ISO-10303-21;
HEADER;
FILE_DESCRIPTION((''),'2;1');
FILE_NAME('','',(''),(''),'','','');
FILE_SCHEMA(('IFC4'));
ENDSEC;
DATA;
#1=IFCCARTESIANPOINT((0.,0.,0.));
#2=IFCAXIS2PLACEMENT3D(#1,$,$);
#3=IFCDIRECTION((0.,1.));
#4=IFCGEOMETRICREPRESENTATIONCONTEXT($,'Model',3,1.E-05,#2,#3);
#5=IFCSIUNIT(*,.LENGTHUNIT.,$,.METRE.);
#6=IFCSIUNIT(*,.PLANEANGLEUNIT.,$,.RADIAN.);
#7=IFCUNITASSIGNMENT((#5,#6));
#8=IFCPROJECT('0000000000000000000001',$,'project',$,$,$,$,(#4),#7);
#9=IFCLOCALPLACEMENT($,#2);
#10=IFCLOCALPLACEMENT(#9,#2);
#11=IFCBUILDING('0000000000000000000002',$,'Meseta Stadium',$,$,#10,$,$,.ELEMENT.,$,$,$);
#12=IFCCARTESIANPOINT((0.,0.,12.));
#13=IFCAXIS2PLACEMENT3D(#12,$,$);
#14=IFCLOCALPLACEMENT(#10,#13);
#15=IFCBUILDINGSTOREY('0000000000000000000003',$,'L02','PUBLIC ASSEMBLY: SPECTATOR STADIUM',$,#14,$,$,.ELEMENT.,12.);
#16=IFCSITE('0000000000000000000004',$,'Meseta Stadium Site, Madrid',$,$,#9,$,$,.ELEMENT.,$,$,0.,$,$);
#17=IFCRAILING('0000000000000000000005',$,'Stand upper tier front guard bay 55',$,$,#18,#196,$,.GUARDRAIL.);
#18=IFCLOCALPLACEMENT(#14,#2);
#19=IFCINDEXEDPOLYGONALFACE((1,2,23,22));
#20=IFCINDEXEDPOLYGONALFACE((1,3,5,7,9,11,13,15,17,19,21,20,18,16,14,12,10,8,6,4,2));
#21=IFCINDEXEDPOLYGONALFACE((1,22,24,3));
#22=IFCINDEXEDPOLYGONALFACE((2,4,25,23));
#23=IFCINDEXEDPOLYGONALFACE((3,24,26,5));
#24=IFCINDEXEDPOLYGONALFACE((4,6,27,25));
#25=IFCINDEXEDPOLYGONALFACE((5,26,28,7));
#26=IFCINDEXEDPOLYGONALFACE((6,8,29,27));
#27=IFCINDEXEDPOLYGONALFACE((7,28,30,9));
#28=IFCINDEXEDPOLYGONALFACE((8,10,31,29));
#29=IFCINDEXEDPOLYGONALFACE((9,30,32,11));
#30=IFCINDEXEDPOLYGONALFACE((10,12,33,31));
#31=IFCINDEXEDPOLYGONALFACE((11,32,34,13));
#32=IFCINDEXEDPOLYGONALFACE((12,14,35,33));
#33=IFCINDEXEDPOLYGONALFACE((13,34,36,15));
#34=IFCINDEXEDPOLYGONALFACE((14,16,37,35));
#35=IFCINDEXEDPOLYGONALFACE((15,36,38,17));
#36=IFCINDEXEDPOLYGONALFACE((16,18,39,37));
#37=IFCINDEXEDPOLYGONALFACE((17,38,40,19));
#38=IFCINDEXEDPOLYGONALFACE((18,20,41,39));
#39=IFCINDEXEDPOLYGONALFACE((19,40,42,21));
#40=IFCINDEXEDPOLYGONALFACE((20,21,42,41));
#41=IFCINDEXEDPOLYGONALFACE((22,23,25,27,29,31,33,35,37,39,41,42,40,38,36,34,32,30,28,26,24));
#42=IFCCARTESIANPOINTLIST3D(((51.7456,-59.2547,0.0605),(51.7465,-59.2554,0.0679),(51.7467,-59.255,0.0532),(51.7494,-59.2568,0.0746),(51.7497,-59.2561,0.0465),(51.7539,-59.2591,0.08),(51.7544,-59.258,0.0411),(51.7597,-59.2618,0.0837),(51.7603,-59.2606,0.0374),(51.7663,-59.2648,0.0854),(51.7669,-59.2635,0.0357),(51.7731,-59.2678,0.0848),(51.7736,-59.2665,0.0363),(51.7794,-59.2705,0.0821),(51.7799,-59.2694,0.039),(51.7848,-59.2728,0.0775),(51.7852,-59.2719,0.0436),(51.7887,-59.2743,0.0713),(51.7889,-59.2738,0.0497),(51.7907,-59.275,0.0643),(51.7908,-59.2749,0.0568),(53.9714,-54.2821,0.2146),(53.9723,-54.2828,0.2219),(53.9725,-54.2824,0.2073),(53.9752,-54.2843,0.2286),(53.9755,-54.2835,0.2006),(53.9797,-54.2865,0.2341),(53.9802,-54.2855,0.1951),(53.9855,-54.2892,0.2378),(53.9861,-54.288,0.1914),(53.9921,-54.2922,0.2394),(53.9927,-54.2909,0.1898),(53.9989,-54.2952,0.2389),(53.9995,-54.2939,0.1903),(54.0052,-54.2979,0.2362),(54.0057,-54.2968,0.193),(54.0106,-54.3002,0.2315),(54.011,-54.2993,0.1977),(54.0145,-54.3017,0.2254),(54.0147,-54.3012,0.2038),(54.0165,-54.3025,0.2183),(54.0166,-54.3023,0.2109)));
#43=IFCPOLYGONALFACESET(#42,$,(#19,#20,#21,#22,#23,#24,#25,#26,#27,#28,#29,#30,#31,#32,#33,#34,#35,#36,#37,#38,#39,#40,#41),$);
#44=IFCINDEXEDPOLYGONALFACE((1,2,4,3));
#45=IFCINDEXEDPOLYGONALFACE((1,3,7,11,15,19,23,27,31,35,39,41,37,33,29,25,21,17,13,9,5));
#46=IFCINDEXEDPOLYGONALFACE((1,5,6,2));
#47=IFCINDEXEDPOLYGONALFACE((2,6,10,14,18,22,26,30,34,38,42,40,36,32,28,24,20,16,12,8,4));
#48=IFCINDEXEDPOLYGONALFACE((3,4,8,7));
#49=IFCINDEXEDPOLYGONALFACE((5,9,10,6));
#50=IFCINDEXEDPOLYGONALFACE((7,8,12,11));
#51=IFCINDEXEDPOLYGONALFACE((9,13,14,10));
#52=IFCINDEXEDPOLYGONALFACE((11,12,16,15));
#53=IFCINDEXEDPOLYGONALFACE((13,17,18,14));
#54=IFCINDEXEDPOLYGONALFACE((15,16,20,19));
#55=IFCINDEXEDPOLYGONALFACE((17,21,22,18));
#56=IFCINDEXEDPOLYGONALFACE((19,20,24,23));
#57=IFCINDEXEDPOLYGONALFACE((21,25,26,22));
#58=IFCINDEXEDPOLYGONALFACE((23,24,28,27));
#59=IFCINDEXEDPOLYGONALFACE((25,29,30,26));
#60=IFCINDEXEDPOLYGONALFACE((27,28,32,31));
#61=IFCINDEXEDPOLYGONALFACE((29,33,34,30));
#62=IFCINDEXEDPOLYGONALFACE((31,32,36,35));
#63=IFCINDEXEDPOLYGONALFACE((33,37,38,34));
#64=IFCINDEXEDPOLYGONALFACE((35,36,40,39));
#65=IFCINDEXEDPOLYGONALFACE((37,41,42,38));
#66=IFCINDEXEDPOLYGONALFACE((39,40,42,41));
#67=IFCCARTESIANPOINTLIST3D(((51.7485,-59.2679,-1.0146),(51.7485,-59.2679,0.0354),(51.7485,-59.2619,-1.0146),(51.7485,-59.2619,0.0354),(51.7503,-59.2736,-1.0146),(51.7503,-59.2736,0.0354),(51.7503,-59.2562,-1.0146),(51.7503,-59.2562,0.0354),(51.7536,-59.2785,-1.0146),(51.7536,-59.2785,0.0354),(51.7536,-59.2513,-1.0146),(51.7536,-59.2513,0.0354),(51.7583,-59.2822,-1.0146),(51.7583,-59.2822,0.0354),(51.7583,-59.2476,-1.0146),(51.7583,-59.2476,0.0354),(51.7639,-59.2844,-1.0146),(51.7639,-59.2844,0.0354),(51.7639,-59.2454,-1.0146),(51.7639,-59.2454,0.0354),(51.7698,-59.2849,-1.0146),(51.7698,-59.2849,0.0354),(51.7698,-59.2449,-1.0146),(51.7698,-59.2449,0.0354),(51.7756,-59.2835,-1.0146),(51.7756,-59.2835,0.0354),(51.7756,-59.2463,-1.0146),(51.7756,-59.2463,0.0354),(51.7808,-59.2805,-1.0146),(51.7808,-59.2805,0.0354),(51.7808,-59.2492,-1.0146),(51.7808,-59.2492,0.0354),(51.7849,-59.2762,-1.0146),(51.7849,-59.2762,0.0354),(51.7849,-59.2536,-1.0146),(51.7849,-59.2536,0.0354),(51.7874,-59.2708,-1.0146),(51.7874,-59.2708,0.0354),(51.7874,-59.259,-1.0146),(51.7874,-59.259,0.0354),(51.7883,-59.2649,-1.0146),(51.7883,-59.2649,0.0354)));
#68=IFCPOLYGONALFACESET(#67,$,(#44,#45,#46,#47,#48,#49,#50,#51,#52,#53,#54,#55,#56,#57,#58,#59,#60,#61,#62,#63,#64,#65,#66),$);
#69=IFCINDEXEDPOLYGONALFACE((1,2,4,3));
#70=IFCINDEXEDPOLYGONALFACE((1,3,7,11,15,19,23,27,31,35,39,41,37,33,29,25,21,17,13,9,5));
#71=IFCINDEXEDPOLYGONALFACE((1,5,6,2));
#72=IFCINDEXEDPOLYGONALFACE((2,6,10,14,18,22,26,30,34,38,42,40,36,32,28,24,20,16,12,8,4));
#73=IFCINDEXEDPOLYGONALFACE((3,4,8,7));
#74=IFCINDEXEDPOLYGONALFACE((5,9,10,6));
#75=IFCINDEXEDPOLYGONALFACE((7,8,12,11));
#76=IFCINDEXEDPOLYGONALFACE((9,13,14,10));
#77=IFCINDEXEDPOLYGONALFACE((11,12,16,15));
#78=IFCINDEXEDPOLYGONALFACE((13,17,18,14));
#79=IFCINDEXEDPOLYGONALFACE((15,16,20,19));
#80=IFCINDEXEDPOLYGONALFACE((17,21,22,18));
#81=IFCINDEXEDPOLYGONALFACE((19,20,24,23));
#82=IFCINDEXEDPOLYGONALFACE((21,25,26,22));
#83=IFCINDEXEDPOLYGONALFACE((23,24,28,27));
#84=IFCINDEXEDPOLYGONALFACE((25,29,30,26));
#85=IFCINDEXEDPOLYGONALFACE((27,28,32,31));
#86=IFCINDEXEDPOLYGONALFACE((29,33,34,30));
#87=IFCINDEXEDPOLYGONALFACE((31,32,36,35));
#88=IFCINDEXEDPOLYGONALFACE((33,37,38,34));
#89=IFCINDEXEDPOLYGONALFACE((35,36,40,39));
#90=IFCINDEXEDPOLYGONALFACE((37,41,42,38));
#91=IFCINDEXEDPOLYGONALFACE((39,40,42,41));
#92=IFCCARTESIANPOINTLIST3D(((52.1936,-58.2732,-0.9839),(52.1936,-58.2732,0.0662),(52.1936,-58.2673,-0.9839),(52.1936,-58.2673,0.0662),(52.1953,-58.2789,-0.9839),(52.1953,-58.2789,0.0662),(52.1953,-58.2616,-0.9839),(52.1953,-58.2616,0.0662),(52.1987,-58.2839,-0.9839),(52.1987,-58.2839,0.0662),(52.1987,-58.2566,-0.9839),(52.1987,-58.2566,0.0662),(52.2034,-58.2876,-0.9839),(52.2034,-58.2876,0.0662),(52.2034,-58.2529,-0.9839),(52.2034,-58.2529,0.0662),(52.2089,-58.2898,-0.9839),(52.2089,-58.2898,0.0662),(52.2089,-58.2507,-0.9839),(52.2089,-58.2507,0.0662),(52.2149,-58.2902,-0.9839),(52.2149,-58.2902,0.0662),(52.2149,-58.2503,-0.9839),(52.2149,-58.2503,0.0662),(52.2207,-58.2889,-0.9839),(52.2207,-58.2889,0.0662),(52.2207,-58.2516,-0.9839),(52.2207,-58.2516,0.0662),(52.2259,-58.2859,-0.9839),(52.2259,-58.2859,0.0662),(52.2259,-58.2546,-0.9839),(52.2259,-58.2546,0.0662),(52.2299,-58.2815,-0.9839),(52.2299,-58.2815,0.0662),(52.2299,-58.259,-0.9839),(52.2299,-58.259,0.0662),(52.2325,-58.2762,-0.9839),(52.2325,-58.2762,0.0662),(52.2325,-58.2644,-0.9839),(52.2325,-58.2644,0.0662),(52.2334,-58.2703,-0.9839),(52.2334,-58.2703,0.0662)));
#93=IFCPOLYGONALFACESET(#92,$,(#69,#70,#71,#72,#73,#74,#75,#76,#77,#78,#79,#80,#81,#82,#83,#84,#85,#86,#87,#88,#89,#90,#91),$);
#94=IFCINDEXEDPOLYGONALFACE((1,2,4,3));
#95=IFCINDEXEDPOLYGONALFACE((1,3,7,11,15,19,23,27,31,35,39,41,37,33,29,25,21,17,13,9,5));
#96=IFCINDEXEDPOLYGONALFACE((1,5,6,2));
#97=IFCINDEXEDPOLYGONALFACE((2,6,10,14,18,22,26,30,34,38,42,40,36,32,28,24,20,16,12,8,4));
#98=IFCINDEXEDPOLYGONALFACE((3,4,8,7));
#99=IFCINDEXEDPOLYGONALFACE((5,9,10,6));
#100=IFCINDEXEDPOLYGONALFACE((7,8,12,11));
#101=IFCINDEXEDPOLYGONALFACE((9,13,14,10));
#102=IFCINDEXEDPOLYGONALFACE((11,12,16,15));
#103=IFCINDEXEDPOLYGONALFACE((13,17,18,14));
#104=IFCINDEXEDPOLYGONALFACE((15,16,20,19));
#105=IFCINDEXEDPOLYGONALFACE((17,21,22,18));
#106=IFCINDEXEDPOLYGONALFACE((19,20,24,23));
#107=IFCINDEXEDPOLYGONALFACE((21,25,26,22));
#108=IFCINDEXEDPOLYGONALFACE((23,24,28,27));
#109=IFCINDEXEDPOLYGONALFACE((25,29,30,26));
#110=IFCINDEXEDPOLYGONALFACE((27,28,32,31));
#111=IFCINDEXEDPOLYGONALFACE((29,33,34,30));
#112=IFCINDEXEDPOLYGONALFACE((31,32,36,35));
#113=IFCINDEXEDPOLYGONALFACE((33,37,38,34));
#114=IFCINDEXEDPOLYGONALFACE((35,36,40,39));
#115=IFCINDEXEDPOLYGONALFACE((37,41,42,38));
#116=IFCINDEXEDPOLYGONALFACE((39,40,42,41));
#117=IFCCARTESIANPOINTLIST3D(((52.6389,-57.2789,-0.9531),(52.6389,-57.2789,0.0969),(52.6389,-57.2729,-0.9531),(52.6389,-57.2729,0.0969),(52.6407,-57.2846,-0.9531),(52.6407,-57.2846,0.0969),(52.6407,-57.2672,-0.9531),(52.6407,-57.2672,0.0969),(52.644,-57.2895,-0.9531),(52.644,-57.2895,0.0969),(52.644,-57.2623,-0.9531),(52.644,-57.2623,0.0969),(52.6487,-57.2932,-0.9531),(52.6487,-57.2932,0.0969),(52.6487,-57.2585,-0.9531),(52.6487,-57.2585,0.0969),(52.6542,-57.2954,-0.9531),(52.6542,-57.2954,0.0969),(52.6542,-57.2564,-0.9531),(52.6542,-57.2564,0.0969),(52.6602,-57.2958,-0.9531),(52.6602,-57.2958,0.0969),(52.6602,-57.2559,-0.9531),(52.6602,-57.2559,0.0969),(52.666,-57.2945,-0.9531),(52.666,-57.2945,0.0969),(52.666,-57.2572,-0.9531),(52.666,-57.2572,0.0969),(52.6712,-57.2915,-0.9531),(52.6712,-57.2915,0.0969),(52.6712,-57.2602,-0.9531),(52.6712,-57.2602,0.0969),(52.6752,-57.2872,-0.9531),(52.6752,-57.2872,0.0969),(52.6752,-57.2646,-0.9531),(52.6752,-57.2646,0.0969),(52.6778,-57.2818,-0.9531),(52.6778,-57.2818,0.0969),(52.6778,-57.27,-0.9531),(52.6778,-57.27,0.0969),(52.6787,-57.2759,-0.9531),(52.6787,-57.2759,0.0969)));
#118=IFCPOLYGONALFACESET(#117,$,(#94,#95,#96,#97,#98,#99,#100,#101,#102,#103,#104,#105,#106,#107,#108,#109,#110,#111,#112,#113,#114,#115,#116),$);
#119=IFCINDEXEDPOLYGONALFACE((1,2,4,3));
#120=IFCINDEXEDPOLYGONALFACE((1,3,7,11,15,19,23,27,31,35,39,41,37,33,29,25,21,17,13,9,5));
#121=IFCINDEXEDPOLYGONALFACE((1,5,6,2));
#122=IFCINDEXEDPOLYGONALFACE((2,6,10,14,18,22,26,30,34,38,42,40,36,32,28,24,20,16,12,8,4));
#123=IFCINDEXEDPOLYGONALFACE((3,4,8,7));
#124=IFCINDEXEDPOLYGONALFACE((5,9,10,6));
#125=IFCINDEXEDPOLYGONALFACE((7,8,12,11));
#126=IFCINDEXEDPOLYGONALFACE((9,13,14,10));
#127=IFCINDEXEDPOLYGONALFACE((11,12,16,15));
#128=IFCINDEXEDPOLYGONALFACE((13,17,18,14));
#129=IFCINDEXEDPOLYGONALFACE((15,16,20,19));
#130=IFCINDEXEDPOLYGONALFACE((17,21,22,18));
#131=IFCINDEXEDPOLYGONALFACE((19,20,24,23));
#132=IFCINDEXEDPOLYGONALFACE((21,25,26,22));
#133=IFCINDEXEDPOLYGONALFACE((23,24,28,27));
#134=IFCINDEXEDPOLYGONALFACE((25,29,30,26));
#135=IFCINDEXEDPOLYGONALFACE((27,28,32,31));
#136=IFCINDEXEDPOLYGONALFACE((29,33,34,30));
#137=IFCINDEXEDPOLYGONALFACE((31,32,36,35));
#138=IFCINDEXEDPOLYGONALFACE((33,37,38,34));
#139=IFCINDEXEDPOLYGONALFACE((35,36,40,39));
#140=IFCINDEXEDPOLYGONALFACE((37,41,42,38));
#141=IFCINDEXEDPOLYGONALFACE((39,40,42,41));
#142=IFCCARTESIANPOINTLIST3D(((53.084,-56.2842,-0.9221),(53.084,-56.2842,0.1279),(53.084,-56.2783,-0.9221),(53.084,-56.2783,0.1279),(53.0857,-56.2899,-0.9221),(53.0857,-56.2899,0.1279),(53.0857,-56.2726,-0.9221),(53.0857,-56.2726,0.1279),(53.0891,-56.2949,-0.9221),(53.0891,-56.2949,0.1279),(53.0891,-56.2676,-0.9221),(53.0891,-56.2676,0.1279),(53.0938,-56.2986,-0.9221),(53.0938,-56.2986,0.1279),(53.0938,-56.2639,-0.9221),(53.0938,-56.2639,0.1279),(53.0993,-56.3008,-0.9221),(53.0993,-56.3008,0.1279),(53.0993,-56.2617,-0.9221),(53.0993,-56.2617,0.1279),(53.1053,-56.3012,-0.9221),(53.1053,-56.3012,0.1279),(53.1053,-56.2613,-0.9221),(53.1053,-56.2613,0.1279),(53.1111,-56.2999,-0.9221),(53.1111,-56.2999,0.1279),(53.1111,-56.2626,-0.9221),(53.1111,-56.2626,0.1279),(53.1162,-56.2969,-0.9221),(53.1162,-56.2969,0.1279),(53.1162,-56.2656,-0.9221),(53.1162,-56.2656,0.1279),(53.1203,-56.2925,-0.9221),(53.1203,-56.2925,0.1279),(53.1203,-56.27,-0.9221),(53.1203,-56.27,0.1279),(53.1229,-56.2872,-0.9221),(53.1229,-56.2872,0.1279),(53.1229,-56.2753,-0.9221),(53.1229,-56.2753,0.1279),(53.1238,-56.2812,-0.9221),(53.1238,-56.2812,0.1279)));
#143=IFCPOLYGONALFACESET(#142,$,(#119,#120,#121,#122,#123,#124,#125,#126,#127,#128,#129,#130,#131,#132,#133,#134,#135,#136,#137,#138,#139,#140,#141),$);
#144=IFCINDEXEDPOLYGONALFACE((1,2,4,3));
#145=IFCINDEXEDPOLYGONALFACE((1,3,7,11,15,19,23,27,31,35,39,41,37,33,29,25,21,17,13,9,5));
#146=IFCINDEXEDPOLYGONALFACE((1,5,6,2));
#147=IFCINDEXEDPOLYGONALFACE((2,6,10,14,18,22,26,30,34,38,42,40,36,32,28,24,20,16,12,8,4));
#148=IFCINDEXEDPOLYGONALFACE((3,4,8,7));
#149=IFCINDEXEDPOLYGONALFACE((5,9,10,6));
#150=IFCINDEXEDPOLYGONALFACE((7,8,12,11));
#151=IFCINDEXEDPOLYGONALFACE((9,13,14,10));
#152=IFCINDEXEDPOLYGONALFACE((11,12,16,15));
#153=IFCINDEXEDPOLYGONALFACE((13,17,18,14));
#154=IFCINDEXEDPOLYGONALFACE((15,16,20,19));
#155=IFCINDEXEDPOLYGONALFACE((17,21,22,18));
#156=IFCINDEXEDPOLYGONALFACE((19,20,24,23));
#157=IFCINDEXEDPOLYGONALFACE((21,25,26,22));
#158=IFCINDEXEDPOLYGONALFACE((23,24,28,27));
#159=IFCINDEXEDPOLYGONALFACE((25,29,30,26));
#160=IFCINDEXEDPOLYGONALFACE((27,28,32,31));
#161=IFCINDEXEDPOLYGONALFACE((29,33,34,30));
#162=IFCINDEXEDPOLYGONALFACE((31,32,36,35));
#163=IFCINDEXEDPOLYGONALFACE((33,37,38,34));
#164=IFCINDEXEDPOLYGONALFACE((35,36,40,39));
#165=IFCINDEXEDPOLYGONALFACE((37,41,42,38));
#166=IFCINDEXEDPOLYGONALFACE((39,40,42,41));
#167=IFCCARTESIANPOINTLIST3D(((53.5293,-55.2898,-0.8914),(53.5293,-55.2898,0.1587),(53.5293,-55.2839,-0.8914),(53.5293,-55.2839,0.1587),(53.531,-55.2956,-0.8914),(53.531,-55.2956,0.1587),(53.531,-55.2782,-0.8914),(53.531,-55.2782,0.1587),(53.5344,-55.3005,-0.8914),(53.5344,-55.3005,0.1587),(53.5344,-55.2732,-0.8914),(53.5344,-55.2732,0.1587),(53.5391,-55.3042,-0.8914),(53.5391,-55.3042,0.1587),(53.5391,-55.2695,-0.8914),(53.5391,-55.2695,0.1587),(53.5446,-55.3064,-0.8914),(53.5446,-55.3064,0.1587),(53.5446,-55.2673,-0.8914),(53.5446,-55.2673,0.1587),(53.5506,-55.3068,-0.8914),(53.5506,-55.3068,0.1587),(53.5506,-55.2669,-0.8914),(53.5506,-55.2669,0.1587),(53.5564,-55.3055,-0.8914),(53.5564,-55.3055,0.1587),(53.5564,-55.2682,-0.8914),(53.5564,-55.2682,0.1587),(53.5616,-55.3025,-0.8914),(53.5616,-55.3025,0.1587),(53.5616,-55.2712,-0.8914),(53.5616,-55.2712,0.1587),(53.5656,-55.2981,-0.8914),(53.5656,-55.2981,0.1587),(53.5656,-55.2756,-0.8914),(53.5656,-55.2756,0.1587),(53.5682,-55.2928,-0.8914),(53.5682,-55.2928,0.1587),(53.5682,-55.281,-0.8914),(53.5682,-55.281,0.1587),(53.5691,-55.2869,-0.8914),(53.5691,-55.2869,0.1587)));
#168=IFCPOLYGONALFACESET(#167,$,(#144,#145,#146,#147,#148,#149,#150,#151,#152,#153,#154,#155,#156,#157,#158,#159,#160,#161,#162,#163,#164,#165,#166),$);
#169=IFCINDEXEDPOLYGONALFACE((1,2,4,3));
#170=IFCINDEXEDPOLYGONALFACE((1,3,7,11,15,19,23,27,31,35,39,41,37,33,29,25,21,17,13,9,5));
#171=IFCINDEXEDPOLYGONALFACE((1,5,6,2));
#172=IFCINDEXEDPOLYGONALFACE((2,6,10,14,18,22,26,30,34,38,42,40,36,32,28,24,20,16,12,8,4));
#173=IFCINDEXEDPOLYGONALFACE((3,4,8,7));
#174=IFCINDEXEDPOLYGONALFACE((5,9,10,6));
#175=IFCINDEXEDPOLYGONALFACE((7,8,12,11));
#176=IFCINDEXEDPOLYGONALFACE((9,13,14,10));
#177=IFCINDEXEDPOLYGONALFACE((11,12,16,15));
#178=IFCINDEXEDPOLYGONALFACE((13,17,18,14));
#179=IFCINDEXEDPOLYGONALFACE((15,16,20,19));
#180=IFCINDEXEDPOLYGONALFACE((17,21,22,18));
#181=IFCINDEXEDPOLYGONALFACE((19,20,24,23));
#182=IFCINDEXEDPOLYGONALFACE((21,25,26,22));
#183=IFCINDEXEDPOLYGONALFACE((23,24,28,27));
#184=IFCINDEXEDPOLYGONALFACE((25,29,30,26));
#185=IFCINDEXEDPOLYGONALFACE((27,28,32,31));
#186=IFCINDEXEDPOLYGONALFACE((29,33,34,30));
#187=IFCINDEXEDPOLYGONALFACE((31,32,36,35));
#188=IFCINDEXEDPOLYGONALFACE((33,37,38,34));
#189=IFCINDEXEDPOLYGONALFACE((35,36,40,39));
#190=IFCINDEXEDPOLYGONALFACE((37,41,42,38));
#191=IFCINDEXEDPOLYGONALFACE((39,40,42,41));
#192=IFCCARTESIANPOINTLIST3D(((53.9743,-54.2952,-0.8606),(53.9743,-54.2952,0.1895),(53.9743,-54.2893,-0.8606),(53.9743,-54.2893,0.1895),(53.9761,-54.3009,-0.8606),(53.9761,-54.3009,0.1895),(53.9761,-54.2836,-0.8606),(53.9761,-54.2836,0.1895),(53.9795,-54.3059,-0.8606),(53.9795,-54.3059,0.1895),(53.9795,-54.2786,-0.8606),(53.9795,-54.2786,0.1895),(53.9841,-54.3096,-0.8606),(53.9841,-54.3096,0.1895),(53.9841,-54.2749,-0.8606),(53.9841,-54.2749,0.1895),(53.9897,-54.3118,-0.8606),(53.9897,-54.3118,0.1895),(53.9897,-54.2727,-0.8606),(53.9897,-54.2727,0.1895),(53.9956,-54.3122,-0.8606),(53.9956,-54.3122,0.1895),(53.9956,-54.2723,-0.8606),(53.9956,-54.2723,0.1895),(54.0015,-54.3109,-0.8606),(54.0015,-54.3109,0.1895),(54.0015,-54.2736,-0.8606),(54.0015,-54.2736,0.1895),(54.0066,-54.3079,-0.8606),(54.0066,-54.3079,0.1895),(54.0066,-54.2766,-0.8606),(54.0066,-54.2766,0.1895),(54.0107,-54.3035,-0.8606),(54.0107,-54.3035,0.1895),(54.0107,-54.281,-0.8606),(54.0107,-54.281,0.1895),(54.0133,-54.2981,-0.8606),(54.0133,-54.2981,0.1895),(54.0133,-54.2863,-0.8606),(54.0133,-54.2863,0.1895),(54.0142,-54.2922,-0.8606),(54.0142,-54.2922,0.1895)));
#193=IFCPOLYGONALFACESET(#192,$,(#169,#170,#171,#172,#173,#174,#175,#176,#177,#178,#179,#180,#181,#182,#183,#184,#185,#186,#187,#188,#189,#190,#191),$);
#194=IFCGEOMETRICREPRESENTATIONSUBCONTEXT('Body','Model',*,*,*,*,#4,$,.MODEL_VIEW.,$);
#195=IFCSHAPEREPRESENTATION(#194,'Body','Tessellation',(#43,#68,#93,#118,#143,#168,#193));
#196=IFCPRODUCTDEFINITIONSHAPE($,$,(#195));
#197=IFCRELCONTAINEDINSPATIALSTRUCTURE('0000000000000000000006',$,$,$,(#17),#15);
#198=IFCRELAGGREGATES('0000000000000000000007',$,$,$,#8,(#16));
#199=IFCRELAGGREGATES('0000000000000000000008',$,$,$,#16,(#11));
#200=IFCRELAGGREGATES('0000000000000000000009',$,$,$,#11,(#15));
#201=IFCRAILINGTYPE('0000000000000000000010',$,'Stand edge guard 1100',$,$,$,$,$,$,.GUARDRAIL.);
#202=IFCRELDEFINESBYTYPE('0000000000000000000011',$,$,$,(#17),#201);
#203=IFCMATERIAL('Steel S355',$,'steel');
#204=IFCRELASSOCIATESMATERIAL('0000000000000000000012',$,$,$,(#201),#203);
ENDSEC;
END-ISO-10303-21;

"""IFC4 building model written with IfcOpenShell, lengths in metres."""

from ifc_helpers import new_model, si_unit, direction, frame, origin, origin_2d, place, context, subcontext, project, spatial, circle, extrude, material, type_object, element, save


model = new_model("IFC4")

# Units and contexts
model_context = context("Model", 3, precision=1e-05, world=origin(), true_north=direction((0.0, 1.0)))
body_context = subcontext(model_context, "Body", "Model", "MODEL_VIEW")
ifc_project = project(units=[si_unit("LENGTHUNIT", "METRE"), si_unit("PLANEANGLEUNIT", "RADIAN")], contexts=[model_context])

# Site, building, storey
site_placement = place(None, origin())
site = spatial("IfcSite", under=ifc_project, at=site_placement, Name="Meseta Stadium Site, Madrid", CompositionType="ELEMENT", RefElevation=0.0)
building_placement = place(site_placement, origin())
building = spatial("IfcBuilding", under=site, at=building_placement, Name="Meseta Stadium", CompositionType="ELEMENT")
storey_placement = place(building_placement, frame((0.0, 0.0, 12.0)))
storey = spatial("IfcBuildingStorey", under=building, at=storey_placement, Name="L02", Description="PUBLIC ASSEMBLY: SPECTATOR STADIUM", CompositionType="ELEMENT", Elevation=12.0)

# Railing
ifc_material_1 = material(Name="Steel S355", Category="steel")
railing_type = type_object("IfcRailingType", Name="Stand edge guard 1100", PredefinedType="GUARDRAIL", material=ifc_material_1)
railing_1_placement = place(storey_placement, frame((51.7683, -59.2649, -1.0146)))
element("IfcRailing", 1, at=railing_1_placement, inside=storey, type_object=railing_type, Name="Stand upper tier front guard bay 55", PredefinedType="GUARDRAIL", context=body_context, shape_type="SweptSolid", body=[
    extrude(circle(Radius=0.0249, at=origin_2d()), frame((0.0, 0.0, 1.0752), z_axis=(0.40839, 0.91237, 0.028265), x_axis=(-0.912735, 0.408553, 0.0)), (0.0, 0.0, 1.0), 5.4502),
    extrude(circle(Radius=0.02, at=origin_2d()), origin(), (0.0, 0.0, 1.0), 1.05),
    extrude(circle(Radius=0.02, at=origin_2d()), frame((0.4451, 0.9946, 0.0308)), (0.0, 0.0, 1.0), 1.05),
    extrude(circle(Radius=0.02, at=origin_2d()), frame((0.8904, 1.989, 0.0615)), (0.0, 0.0, 1.0), 1.05),
    extrude(circle(Radius=0.02, at=origin_2d()), frame((1.3354, 2.9836, 0.0925)), (0.0, 0.0, 1.0), 1.05),
    extrude(circle(Radius=0.02, at=origin_2d()), frame((1.7808, 3.978, 0.1233)), (0.0, 0.0, 1.0), 1.05),
    extrude(circle(Radius=0.02, at=origin_2d()), frame((2.2258, 4.9727, 0.1541)), (0.0, 0.0, 1.0), 1.05),
])

save(model, "model.ifc")
